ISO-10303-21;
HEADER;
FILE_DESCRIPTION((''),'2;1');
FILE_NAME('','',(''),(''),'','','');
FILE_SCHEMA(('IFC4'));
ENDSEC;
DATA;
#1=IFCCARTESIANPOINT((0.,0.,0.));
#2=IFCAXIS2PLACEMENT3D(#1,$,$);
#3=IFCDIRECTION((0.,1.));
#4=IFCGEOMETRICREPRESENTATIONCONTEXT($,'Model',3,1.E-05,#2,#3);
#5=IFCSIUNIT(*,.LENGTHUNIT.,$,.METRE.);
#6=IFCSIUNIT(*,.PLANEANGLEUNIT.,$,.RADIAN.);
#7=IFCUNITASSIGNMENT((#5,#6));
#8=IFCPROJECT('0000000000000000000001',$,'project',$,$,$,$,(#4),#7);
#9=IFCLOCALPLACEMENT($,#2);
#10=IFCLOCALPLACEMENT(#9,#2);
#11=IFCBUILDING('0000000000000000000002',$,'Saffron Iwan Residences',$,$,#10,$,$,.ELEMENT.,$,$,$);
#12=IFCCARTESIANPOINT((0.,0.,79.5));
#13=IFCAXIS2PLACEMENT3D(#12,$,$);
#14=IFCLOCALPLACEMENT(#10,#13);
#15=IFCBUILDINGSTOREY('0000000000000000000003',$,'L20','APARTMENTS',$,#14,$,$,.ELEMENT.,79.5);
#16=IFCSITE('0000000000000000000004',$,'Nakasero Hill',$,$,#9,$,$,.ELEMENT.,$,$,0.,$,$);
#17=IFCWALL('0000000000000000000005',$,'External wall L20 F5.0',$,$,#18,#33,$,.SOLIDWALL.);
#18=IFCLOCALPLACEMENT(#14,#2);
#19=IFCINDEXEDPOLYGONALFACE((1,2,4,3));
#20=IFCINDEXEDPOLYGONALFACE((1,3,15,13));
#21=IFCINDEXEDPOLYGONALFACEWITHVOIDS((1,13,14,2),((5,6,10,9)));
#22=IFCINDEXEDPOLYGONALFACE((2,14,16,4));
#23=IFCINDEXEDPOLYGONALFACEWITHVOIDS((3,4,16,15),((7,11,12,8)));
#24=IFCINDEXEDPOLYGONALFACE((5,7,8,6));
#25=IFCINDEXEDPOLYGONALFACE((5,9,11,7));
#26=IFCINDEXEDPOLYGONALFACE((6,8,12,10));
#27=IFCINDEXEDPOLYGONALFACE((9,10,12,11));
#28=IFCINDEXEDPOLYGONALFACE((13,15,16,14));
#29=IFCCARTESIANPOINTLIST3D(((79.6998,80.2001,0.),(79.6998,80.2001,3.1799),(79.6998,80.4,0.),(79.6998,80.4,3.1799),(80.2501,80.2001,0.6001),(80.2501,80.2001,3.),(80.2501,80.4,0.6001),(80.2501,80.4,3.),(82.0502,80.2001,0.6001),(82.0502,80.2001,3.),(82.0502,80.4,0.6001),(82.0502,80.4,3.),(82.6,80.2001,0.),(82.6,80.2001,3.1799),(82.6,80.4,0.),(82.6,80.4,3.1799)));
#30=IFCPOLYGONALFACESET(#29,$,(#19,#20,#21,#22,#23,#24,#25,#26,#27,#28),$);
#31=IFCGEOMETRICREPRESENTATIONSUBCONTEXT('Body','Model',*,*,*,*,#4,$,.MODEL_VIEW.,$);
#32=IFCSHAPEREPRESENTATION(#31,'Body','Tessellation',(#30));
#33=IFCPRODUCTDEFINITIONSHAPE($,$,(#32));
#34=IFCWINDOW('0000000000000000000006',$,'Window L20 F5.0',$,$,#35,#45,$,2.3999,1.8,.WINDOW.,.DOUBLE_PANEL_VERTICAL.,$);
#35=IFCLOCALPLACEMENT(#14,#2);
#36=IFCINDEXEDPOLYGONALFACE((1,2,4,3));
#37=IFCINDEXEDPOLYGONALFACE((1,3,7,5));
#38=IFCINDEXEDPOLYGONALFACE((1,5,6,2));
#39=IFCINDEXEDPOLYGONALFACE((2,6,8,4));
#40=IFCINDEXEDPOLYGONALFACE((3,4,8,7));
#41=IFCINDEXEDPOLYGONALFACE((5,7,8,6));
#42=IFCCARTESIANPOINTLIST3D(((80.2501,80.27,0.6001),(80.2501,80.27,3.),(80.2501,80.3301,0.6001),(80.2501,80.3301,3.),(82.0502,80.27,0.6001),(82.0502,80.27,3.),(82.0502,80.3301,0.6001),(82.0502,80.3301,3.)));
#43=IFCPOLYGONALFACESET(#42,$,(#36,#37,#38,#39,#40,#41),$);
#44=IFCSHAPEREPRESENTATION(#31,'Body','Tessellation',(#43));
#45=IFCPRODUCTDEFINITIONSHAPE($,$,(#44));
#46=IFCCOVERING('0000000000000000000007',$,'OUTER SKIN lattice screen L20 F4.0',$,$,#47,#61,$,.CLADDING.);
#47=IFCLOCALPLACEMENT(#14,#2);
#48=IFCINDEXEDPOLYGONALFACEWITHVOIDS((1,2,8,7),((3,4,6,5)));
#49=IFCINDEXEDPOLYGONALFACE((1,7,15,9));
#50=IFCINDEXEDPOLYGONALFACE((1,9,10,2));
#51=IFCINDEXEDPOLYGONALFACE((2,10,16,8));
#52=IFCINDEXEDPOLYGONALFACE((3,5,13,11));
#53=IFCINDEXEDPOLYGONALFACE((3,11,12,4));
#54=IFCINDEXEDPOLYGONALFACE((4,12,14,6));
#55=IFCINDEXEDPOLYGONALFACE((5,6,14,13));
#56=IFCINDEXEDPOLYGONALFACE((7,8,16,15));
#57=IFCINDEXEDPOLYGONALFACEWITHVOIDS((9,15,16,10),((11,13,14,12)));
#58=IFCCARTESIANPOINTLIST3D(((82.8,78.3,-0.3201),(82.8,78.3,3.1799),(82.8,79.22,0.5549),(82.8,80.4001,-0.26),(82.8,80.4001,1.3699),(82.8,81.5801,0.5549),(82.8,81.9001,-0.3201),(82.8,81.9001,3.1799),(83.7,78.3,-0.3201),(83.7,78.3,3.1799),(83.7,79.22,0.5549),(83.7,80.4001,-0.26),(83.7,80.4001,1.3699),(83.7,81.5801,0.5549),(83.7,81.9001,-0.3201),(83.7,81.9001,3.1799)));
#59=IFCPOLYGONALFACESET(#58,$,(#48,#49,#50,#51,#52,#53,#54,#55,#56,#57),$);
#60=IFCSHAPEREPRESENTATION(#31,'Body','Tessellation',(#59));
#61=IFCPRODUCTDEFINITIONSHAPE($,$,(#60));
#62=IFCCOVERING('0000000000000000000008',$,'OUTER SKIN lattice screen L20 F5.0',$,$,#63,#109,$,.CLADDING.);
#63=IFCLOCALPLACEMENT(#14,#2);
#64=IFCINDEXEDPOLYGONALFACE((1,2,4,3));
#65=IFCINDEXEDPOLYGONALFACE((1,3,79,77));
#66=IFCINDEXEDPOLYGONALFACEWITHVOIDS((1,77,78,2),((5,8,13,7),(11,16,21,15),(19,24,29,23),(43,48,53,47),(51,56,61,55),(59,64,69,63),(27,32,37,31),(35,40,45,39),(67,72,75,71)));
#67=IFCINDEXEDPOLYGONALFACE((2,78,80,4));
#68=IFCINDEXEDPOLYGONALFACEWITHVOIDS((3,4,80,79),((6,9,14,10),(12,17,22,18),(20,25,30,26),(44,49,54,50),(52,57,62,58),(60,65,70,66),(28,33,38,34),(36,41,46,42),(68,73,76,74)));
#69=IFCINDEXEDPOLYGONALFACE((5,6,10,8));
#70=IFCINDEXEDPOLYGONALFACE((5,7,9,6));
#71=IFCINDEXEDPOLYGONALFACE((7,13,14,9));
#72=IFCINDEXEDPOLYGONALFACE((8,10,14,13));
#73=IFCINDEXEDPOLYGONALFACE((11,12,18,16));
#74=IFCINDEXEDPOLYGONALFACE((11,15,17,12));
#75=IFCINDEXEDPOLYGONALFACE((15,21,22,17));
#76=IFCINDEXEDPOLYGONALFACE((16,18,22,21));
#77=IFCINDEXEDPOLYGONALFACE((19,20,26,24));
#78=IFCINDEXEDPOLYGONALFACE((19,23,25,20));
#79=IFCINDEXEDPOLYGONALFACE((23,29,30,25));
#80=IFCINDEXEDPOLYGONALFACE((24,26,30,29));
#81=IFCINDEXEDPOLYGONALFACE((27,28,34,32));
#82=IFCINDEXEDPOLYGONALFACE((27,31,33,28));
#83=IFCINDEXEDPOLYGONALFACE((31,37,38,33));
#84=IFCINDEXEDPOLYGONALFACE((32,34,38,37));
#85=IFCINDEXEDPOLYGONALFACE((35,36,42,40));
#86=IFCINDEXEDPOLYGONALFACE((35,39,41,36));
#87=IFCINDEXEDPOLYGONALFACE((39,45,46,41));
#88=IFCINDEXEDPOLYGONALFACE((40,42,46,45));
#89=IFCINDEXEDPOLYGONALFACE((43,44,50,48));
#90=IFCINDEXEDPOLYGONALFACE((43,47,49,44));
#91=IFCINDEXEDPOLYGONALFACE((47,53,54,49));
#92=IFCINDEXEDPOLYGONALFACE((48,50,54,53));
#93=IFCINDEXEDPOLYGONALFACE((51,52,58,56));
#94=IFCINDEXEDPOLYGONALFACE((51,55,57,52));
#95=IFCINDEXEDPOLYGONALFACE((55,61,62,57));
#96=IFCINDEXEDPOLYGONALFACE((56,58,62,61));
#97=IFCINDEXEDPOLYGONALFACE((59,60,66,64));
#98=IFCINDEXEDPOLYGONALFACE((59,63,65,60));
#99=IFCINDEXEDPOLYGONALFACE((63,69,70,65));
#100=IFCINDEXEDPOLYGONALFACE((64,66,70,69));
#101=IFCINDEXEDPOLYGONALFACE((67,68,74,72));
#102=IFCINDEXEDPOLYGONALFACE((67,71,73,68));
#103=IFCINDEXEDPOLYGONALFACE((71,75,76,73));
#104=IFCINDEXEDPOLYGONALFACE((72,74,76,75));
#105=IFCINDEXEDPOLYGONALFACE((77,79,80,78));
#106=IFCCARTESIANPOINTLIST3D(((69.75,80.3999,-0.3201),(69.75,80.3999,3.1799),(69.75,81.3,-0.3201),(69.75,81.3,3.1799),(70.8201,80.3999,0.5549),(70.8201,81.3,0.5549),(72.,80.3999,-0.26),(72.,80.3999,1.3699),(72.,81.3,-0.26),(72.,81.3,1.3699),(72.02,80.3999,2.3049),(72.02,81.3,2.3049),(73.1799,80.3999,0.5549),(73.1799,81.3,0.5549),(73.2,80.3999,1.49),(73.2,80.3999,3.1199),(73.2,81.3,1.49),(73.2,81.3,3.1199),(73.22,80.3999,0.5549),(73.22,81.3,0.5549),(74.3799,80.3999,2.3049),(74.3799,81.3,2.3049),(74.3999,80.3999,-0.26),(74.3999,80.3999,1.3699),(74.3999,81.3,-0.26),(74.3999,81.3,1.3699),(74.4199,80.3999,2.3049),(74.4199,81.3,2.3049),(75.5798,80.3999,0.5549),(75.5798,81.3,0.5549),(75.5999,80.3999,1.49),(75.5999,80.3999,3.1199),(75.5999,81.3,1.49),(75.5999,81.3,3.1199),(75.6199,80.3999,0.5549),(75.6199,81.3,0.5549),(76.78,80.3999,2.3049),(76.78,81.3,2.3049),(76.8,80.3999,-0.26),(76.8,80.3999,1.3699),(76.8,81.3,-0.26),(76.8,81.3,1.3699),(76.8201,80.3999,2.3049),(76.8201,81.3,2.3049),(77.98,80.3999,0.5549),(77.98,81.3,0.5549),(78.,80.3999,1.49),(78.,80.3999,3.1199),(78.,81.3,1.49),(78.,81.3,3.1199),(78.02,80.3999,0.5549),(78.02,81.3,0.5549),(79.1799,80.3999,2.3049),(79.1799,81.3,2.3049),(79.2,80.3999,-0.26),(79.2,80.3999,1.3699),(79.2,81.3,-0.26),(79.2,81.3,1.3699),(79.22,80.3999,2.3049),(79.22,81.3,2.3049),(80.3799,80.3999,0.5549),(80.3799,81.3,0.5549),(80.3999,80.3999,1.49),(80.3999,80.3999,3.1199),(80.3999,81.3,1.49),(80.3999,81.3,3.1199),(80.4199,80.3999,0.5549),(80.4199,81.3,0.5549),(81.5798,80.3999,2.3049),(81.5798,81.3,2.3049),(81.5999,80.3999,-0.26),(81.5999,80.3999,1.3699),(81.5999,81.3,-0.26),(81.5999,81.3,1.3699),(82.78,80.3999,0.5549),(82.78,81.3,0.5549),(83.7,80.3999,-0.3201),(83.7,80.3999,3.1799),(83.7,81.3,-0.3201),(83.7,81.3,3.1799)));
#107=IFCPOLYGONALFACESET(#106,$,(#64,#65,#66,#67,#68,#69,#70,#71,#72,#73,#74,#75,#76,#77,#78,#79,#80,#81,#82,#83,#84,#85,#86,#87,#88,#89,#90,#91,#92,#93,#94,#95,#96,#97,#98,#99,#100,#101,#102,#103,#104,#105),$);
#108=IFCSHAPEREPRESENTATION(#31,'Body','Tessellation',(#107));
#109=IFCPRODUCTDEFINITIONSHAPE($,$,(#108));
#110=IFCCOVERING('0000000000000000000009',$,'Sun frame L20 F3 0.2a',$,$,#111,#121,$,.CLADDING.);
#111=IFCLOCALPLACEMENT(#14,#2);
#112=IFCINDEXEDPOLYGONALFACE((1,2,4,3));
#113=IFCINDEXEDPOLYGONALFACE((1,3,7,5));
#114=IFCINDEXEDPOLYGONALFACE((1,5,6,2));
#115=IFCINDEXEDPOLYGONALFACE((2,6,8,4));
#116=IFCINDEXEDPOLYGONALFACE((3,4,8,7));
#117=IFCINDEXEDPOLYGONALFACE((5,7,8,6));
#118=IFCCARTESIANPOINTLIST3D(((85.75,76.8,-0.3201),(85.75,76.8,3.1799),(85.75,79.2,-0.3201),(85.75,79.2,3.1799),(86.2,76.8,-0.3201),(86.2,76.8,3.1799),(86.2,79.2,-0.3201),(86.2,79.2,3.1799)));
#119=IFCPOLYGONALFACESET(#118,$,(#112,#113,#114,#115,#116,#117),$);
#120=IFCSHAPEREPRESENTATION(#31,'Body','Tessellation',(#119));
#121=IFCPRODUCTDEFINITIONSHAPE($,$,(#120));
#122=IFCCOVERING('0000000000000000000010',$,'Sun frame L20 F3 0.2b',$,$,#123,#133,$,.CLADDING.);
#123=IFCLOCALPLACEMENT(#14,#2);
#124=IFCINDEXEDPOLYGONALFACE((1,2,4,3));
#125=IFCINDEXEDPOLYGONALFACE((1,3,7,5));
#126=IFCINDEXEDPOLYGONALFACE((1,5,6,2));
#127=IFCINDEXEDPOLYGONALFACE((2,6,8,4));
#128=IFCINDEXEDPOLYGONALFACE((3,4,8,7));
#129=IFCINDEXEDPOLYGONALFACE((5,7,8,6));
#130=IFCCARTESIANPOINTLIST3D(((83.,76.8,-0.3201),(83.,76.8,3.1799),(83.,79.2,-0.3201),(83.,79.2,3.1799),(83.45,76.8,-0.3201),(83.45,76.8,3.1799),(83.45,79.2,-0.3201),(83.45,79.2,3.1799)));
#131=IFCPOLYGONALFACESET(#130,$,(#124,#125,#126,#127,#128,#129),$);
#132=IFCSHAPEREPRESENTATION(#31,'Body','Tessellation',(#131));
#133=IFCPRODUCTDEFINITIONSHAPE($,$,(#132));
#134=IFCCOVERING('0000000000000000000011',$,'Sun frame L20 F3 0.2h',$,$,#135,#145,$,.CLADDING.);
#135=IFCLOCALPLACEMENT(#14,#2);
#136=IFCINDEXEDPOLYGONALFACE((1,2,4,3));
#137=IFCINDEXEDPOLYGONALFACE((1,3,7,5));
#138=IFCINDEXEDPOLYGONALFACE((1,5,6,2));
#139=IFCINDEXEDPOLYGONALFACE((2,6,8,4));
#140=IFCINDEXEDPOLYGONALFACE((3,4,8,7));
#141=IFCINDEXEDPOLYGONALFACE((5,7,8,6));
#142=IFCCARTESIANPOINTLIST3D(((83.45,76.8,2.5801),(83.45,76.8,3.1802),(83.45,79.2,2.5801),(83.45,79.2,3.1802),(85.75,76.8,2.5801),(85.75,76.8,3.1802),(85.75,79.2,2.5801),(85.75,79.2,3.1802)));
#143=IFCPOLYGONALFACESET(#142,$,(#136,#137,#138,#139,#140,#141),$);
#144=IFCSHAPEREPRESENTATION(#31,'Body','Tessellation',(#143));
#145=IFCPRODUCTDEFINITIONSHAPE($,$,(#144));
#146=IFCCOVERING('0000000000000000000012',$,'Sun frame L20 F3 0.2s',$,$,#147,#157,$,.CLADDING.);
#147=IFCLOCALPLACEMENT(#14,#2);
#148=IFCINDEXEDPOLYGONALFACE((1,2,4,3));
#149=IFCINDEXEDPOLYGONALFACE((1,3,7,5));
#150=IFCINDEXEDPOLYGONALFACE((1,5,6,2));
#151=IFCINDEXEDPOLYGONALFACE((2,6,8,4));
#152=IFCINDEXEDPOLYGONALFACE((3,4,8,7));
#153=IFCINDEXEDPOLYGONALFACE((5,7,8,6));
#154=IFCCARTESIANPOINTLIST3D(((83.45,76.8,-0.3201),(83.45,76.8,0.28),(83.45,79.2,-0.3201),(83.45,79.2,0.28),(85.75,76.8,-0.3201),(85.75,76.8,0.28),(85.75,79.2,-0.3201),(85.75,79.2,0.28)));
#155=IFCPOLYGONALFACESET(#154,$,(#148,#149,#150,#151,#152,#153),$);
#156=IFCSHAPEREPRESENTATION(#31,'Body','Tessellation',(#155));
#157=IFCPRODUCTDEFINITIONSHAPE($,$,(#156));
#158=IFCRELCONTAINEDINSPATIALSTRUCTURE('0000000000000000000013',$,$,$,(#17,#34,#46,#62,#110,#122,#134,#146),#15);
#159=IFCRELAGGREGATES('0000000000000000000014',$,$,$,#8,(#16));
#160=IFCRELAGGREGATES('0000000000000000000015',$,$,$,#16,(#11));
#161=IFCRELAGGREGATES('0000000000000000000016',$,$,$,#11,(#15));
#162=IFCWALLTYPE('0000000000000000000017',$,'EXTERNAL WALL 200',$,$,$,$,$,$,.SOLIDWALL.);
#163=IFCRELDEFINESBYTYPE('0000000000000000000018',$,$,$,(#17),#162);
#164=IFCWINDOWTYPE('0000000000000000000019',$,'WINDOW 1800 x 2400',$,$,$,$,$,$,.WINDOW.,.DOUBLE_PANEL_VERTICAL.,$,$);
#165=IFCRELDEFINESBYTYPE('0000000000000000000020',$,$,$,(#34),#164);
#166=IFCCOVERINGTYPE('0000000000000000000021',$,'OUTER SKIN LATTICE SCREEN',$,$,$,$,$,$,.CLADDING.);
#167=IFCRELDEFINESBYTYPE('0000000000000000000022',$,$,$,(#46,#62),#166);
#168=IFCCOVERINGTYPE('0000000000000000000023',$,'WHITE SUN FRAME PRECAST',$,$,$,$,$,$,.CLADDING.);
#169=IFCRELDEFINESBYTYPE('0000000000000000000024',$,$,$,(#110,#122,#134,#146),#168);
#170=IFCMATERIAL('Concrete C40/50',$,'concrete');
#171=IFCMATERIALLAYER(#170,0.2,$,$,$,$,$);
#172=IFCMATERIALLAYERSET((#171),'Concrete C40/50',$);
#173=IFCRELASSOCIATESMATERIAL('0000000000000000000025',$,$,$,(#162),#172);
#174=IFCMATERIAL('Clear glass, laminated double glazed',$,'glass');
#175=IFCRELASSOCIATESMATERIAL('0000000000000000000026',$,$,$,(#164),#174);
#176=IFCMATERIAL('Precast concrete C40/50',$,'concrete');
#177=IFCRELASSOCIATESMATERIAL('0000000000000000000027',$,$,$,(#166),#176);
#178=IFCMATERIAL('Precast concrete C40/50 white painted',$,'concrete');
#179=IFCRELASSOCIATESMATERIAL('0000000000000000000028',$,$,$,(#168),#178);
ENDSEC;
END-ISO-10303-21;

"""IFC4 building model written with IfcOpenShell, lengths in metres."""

from ifc_helpers import new_model, si_unit, direction, frame, frame_2d, origin, place, context, subcontext, project, spatial, polyline, rectangle, outline, extrude, material, layer, layer_set, type_object, element, fill, save


model = new_model("IFC4")

# Units and contexts
model_context = context("Model", 3, precision=1e-05, world=origin(), true_north=direction((0.0, 1.0)))
body_context = subcontext(model_context, "Body", "Model", "MODEL_VIEW")
ifc_project = project(units=[si_unit("LENGTHUNIT", "METRE"), si_unit("PLANEANGLEUNIT", "RADIAN")], contexts=[model_context])

# Site, building, storey
site_placement = place(None, origin())
site = spatial("IfcSite", under=ifc_project, at=site_placement, Name="Nakasero Hill", CompositionType="ELEMENT", RefElevation=0.0)
building_placement = place(site_placement, origin())
building = spatial("IfcBuilding", under=site, at=building_placement, Name="Saffron Iwan Residences", CompositionType="ELEMENT")
storey_placement = place(building_placement, frame((0.0, 0.0, 79.5)))
storey = spatial("IfcBuildingStorey", under=building, at=storey_placement, Name="L20", Description="APARTMENTS", CompositionType="ELEMENT", Elevation=79.5)

# Shared definitions
ifc_material_1 = material(Name="Concrete C40/50", Category="concrete")
ifc_layer = layer(ifc_material_1, 0.2)
ifc_layer_set = layer_set([ifc_layer], Name="Concrete C40/50")
wall_type = type_object("IfcWallType", Name="EXTERNAL WALL 200", PredefinedType="SOLIDWALL", material=ifc_layer_set)
ifc_material_2 = material(Name="Clear glass, laminated double glazed", Category="glass")
window_type_1 = type_object("IfcWindowType", Name="WINDOW 1800 x 2400", PartitioningType="DOUBLE_PANEL_VERTICAL", PredefinedType="WINDOW", material=ifc_material_2)

# Wall, opening, window
wall_1_placement = place(storey_placement, frame((82.6001, 80.3, 0.0), z_axis=(0.0, 0.0, 1.0), x_axis=(-1.0, 0.0, 0.0)))
wall_1 = element("IfcWall", 1, at=wall_1_placement, inside=storey, type_object=wall_type, Name="External wall L20 F5.0", PredefinedType="SOLIDWALL", context=body_context, shape_type="SweptSolid", body=[
    extrude(rectangle(XDim=2.9001, YDim=0.2, at=frame_2d((1.4502, 0.0))), origin(), (0.0, 0.0, 1.0), 3.1799),
])
opening_1_placement = place(wall_1_placement, frame((0.55, 0.0, 0.6001)))
opening_1 = element("IfcOpeningElement", 2, at=opening_1_placement, cuts=wall_1, PredefinedType="OPENING", context=body_context, shape_type="SweptSolid", body=[
    extrude(rectangle(XDim=1.8, YDim=2.3999, at=frame_2d((0.8999, 1.2))), frame((0.0, 0.1099, 0.0), z_axis=(0.0, -1.0, 0.0), x_axis=(1.0, 0.0, 0.0)), (0.0, 0.0, 1.0), 0.22),
])
window_1_placement = place(opening_1_placement, origin())
window_1 = element("IfcWindow", 3, at=window_1_placement, inside=storey, type_object=window_type_1, Name="Window L20 F5.0", OverallHeight=2.3999, OverallWidth=1.8, PartitioningType="DOUBLE_PANEL_VERTICAL", PredefinedType="WINDOW", context=body_context, shape_type="SweptSolid", body=[
    extrude(rectangle(XDim=1.8, YDim=2.3999, at=frame_2d((0.8999, 1.2))), frame((0.0, 0.03, 0.0), z_axis=(0.0, -1.0, 0.0), x_axis=(1.0, 0.0, 0.0)), (0.0, 0.0, 1.0), 0.0601),
])
fill(opening_1, window_1)

# Coverings
ifc_material_3 = material(Name="Precast concrete C40/50", Category="concrete")
covering_type_1 = type_object("IfcCoveringType", Name="OUTER SKIN LATTICE SCREEN", PredefinedType="CLADDING", material=ifc_material_3)
covering_1_placement = place(storey_placement, frame((82.8, 78.3, -0.3201), z_axis=(1.0, 0.0, 0.0), x_axis=(0.0, 1.0, 0.0)))
element("IfcCovering", 4, at=covering_1_placement, inside=storey, type_object=covering_type_1, Name="OUTER SKIN lattice screen L20 F4.0", PredefinedType="CLADDING", context=body_context, shape_type="SweptSolid", body=[
    extrude(outline(polyline([(0.0, 0.0), (3.6001, 0.0), (3.6001, 3.5), (0.0, 3.5), (0.0, 0.0)]), holes=[polyline([(0.9199, 0.875), (2.1001, 0.0601), (3.28, 0.875), (2.1001, 1.6899), (0.9199, 0.875)])]), origin(), (0.0, 0.0, 1.0), 0.8999),
])
covering_2_placement = place(storey_placement, frame((83.7, 80.3999, -0.3201), z_axis=(0.0, 1.0, 0.0), x_axis=(-1.0, 0.0, 0.0)))
element("IfcCovering", 5, at=covering_2_placement, inside=storey, type_object=covering_type_1, Name="OUTER SKIN lattice screen L20 F5.0", PredefinedType="CLADDING", context=body_context, shape_type="SweptSolid", body=[
    extrude(outline(polyline([(0.0, 0.0), (13.95, 0.0), (13.95, 3.5), (0.0, 3.5), (0.0, 0.0)]), holes=[polyline([(0.9199, 0.875), (2.1001, 0.0601), (3.28, 0.875), (2.1001, 1.6899), (0.9199, 0.875)]), polyline([(3.3201, 0.875), (4.5, 0.0601), (5.6799, 0.875), (4.5, 1.6899), (3.3201, 0.875)]), polyline([(5.72, 0.875), (6.8999, 0.0601), (8.0801, 0.875), (6.8999, 1.6899), (5.72, 0.875)]), polyline([(8.1201, 0.875), (9.3, 0.0601), (10.48, 0.875), (9.3, 1.6899), (8.1201, 0.875)]), polyline([(10.52, 0.875), (11.7, 0.0601), (12.8799, 0.875), (11.7, 1.6899), (10.52, 0.875)]), polyline([(2.1201, 2.625), (3.3, 1.8101), (4.48, 2.625), (3.3, 3.4399), (2.1201, 2.625)]), polyline([(4.52, 2.625), (5.7, 1.8101), (6.8799, 2.625), (5.7, 3.4399), (4.52, 2.625)]), polyline([(6.9199, 2.625), (8.1001, 1.8101), (9.28, 2.625), (8.1001, 3.4399), (6.9199, 2.625)]), polyline([(9.3201, 2.625), (10.5, 1.8101), (11.6799, 2.625), (10.5, 3.4399), (9.3201, 2.625)])]), origin(), (0.0, 0.0, 1.0), 0.9001),
])
ifc_material_4 = material(Name="Precast concrete C40/50 white painted", Category="concrete")
covering_type_2 = type_object("IfcCoveringType", Name="WHITE SUN FRAME PRECAST", PredefinedType="CLADDING", material=ifc_material_4)
for number, where, z_axis, x_axis, name in (
    (6, (86.2, 76.8, -0.3201), (0.0, 1.0, 0.0), (-1.0, 0.0, 0.0), "Sun frame L20 F3 0.2a"),
    (7, (83.45, 76.8, -0.3201), (0.0, 1.0, 0.0), (-1.0, 0.0, 0.0), "Sun frame L20 F3 0.2b"),
):
    element("IfcCovering", number, at=place(storey_placement, frame(where, z_axis=z_axis, x_axis=x_axis)), inside=storey, type_object=covering_type_2, Name=name, PredefinedType="CLADDING", context=body_context, shape_type="SweptSolid", body=[
        extrude(outline(polyline([(0.0, 0.0), (0.45, 0.0), (0.45, 3.5), (0.0, 3.5), (0.0, 0.0)])), origin(), (0.0, 0.0, 1.0), 2.3999),
    ])
for number, where, z_axis, x_axis, name in (
    (8, (85.75, 76.8, 2.5801), (0.0, 1.0, 0.0), (-1.0, 0.0, 0.0), "Sun frame L20 F3 0.2h"),
    (9, (85.75, 76.8, -0.3201), (0.0, 1.0, 0.0), (-1.0, 0.0, 0.0), "Sun frame L20 F3 0.2s"),
):
    element("IfcCovering", number, at=place(storey_placement, frame(where, z_axis=z_axis, x_axis=x_axis)), inside=storey, type_object=covering_type_2, Name=name, PredefinedType="CLADDING", context=body_context, shape_type="SweptSolid", body=[
        extrude(outline(polyline([(0.0, 0.0), (2.3, 0.0), (2.3, 0.6001), (0.0, 0.6001), (0.0, 0.0)])), origin(), (0.0, 0.0, 1.0), 2.3999),
    ])

save(model, "model.ifc")
